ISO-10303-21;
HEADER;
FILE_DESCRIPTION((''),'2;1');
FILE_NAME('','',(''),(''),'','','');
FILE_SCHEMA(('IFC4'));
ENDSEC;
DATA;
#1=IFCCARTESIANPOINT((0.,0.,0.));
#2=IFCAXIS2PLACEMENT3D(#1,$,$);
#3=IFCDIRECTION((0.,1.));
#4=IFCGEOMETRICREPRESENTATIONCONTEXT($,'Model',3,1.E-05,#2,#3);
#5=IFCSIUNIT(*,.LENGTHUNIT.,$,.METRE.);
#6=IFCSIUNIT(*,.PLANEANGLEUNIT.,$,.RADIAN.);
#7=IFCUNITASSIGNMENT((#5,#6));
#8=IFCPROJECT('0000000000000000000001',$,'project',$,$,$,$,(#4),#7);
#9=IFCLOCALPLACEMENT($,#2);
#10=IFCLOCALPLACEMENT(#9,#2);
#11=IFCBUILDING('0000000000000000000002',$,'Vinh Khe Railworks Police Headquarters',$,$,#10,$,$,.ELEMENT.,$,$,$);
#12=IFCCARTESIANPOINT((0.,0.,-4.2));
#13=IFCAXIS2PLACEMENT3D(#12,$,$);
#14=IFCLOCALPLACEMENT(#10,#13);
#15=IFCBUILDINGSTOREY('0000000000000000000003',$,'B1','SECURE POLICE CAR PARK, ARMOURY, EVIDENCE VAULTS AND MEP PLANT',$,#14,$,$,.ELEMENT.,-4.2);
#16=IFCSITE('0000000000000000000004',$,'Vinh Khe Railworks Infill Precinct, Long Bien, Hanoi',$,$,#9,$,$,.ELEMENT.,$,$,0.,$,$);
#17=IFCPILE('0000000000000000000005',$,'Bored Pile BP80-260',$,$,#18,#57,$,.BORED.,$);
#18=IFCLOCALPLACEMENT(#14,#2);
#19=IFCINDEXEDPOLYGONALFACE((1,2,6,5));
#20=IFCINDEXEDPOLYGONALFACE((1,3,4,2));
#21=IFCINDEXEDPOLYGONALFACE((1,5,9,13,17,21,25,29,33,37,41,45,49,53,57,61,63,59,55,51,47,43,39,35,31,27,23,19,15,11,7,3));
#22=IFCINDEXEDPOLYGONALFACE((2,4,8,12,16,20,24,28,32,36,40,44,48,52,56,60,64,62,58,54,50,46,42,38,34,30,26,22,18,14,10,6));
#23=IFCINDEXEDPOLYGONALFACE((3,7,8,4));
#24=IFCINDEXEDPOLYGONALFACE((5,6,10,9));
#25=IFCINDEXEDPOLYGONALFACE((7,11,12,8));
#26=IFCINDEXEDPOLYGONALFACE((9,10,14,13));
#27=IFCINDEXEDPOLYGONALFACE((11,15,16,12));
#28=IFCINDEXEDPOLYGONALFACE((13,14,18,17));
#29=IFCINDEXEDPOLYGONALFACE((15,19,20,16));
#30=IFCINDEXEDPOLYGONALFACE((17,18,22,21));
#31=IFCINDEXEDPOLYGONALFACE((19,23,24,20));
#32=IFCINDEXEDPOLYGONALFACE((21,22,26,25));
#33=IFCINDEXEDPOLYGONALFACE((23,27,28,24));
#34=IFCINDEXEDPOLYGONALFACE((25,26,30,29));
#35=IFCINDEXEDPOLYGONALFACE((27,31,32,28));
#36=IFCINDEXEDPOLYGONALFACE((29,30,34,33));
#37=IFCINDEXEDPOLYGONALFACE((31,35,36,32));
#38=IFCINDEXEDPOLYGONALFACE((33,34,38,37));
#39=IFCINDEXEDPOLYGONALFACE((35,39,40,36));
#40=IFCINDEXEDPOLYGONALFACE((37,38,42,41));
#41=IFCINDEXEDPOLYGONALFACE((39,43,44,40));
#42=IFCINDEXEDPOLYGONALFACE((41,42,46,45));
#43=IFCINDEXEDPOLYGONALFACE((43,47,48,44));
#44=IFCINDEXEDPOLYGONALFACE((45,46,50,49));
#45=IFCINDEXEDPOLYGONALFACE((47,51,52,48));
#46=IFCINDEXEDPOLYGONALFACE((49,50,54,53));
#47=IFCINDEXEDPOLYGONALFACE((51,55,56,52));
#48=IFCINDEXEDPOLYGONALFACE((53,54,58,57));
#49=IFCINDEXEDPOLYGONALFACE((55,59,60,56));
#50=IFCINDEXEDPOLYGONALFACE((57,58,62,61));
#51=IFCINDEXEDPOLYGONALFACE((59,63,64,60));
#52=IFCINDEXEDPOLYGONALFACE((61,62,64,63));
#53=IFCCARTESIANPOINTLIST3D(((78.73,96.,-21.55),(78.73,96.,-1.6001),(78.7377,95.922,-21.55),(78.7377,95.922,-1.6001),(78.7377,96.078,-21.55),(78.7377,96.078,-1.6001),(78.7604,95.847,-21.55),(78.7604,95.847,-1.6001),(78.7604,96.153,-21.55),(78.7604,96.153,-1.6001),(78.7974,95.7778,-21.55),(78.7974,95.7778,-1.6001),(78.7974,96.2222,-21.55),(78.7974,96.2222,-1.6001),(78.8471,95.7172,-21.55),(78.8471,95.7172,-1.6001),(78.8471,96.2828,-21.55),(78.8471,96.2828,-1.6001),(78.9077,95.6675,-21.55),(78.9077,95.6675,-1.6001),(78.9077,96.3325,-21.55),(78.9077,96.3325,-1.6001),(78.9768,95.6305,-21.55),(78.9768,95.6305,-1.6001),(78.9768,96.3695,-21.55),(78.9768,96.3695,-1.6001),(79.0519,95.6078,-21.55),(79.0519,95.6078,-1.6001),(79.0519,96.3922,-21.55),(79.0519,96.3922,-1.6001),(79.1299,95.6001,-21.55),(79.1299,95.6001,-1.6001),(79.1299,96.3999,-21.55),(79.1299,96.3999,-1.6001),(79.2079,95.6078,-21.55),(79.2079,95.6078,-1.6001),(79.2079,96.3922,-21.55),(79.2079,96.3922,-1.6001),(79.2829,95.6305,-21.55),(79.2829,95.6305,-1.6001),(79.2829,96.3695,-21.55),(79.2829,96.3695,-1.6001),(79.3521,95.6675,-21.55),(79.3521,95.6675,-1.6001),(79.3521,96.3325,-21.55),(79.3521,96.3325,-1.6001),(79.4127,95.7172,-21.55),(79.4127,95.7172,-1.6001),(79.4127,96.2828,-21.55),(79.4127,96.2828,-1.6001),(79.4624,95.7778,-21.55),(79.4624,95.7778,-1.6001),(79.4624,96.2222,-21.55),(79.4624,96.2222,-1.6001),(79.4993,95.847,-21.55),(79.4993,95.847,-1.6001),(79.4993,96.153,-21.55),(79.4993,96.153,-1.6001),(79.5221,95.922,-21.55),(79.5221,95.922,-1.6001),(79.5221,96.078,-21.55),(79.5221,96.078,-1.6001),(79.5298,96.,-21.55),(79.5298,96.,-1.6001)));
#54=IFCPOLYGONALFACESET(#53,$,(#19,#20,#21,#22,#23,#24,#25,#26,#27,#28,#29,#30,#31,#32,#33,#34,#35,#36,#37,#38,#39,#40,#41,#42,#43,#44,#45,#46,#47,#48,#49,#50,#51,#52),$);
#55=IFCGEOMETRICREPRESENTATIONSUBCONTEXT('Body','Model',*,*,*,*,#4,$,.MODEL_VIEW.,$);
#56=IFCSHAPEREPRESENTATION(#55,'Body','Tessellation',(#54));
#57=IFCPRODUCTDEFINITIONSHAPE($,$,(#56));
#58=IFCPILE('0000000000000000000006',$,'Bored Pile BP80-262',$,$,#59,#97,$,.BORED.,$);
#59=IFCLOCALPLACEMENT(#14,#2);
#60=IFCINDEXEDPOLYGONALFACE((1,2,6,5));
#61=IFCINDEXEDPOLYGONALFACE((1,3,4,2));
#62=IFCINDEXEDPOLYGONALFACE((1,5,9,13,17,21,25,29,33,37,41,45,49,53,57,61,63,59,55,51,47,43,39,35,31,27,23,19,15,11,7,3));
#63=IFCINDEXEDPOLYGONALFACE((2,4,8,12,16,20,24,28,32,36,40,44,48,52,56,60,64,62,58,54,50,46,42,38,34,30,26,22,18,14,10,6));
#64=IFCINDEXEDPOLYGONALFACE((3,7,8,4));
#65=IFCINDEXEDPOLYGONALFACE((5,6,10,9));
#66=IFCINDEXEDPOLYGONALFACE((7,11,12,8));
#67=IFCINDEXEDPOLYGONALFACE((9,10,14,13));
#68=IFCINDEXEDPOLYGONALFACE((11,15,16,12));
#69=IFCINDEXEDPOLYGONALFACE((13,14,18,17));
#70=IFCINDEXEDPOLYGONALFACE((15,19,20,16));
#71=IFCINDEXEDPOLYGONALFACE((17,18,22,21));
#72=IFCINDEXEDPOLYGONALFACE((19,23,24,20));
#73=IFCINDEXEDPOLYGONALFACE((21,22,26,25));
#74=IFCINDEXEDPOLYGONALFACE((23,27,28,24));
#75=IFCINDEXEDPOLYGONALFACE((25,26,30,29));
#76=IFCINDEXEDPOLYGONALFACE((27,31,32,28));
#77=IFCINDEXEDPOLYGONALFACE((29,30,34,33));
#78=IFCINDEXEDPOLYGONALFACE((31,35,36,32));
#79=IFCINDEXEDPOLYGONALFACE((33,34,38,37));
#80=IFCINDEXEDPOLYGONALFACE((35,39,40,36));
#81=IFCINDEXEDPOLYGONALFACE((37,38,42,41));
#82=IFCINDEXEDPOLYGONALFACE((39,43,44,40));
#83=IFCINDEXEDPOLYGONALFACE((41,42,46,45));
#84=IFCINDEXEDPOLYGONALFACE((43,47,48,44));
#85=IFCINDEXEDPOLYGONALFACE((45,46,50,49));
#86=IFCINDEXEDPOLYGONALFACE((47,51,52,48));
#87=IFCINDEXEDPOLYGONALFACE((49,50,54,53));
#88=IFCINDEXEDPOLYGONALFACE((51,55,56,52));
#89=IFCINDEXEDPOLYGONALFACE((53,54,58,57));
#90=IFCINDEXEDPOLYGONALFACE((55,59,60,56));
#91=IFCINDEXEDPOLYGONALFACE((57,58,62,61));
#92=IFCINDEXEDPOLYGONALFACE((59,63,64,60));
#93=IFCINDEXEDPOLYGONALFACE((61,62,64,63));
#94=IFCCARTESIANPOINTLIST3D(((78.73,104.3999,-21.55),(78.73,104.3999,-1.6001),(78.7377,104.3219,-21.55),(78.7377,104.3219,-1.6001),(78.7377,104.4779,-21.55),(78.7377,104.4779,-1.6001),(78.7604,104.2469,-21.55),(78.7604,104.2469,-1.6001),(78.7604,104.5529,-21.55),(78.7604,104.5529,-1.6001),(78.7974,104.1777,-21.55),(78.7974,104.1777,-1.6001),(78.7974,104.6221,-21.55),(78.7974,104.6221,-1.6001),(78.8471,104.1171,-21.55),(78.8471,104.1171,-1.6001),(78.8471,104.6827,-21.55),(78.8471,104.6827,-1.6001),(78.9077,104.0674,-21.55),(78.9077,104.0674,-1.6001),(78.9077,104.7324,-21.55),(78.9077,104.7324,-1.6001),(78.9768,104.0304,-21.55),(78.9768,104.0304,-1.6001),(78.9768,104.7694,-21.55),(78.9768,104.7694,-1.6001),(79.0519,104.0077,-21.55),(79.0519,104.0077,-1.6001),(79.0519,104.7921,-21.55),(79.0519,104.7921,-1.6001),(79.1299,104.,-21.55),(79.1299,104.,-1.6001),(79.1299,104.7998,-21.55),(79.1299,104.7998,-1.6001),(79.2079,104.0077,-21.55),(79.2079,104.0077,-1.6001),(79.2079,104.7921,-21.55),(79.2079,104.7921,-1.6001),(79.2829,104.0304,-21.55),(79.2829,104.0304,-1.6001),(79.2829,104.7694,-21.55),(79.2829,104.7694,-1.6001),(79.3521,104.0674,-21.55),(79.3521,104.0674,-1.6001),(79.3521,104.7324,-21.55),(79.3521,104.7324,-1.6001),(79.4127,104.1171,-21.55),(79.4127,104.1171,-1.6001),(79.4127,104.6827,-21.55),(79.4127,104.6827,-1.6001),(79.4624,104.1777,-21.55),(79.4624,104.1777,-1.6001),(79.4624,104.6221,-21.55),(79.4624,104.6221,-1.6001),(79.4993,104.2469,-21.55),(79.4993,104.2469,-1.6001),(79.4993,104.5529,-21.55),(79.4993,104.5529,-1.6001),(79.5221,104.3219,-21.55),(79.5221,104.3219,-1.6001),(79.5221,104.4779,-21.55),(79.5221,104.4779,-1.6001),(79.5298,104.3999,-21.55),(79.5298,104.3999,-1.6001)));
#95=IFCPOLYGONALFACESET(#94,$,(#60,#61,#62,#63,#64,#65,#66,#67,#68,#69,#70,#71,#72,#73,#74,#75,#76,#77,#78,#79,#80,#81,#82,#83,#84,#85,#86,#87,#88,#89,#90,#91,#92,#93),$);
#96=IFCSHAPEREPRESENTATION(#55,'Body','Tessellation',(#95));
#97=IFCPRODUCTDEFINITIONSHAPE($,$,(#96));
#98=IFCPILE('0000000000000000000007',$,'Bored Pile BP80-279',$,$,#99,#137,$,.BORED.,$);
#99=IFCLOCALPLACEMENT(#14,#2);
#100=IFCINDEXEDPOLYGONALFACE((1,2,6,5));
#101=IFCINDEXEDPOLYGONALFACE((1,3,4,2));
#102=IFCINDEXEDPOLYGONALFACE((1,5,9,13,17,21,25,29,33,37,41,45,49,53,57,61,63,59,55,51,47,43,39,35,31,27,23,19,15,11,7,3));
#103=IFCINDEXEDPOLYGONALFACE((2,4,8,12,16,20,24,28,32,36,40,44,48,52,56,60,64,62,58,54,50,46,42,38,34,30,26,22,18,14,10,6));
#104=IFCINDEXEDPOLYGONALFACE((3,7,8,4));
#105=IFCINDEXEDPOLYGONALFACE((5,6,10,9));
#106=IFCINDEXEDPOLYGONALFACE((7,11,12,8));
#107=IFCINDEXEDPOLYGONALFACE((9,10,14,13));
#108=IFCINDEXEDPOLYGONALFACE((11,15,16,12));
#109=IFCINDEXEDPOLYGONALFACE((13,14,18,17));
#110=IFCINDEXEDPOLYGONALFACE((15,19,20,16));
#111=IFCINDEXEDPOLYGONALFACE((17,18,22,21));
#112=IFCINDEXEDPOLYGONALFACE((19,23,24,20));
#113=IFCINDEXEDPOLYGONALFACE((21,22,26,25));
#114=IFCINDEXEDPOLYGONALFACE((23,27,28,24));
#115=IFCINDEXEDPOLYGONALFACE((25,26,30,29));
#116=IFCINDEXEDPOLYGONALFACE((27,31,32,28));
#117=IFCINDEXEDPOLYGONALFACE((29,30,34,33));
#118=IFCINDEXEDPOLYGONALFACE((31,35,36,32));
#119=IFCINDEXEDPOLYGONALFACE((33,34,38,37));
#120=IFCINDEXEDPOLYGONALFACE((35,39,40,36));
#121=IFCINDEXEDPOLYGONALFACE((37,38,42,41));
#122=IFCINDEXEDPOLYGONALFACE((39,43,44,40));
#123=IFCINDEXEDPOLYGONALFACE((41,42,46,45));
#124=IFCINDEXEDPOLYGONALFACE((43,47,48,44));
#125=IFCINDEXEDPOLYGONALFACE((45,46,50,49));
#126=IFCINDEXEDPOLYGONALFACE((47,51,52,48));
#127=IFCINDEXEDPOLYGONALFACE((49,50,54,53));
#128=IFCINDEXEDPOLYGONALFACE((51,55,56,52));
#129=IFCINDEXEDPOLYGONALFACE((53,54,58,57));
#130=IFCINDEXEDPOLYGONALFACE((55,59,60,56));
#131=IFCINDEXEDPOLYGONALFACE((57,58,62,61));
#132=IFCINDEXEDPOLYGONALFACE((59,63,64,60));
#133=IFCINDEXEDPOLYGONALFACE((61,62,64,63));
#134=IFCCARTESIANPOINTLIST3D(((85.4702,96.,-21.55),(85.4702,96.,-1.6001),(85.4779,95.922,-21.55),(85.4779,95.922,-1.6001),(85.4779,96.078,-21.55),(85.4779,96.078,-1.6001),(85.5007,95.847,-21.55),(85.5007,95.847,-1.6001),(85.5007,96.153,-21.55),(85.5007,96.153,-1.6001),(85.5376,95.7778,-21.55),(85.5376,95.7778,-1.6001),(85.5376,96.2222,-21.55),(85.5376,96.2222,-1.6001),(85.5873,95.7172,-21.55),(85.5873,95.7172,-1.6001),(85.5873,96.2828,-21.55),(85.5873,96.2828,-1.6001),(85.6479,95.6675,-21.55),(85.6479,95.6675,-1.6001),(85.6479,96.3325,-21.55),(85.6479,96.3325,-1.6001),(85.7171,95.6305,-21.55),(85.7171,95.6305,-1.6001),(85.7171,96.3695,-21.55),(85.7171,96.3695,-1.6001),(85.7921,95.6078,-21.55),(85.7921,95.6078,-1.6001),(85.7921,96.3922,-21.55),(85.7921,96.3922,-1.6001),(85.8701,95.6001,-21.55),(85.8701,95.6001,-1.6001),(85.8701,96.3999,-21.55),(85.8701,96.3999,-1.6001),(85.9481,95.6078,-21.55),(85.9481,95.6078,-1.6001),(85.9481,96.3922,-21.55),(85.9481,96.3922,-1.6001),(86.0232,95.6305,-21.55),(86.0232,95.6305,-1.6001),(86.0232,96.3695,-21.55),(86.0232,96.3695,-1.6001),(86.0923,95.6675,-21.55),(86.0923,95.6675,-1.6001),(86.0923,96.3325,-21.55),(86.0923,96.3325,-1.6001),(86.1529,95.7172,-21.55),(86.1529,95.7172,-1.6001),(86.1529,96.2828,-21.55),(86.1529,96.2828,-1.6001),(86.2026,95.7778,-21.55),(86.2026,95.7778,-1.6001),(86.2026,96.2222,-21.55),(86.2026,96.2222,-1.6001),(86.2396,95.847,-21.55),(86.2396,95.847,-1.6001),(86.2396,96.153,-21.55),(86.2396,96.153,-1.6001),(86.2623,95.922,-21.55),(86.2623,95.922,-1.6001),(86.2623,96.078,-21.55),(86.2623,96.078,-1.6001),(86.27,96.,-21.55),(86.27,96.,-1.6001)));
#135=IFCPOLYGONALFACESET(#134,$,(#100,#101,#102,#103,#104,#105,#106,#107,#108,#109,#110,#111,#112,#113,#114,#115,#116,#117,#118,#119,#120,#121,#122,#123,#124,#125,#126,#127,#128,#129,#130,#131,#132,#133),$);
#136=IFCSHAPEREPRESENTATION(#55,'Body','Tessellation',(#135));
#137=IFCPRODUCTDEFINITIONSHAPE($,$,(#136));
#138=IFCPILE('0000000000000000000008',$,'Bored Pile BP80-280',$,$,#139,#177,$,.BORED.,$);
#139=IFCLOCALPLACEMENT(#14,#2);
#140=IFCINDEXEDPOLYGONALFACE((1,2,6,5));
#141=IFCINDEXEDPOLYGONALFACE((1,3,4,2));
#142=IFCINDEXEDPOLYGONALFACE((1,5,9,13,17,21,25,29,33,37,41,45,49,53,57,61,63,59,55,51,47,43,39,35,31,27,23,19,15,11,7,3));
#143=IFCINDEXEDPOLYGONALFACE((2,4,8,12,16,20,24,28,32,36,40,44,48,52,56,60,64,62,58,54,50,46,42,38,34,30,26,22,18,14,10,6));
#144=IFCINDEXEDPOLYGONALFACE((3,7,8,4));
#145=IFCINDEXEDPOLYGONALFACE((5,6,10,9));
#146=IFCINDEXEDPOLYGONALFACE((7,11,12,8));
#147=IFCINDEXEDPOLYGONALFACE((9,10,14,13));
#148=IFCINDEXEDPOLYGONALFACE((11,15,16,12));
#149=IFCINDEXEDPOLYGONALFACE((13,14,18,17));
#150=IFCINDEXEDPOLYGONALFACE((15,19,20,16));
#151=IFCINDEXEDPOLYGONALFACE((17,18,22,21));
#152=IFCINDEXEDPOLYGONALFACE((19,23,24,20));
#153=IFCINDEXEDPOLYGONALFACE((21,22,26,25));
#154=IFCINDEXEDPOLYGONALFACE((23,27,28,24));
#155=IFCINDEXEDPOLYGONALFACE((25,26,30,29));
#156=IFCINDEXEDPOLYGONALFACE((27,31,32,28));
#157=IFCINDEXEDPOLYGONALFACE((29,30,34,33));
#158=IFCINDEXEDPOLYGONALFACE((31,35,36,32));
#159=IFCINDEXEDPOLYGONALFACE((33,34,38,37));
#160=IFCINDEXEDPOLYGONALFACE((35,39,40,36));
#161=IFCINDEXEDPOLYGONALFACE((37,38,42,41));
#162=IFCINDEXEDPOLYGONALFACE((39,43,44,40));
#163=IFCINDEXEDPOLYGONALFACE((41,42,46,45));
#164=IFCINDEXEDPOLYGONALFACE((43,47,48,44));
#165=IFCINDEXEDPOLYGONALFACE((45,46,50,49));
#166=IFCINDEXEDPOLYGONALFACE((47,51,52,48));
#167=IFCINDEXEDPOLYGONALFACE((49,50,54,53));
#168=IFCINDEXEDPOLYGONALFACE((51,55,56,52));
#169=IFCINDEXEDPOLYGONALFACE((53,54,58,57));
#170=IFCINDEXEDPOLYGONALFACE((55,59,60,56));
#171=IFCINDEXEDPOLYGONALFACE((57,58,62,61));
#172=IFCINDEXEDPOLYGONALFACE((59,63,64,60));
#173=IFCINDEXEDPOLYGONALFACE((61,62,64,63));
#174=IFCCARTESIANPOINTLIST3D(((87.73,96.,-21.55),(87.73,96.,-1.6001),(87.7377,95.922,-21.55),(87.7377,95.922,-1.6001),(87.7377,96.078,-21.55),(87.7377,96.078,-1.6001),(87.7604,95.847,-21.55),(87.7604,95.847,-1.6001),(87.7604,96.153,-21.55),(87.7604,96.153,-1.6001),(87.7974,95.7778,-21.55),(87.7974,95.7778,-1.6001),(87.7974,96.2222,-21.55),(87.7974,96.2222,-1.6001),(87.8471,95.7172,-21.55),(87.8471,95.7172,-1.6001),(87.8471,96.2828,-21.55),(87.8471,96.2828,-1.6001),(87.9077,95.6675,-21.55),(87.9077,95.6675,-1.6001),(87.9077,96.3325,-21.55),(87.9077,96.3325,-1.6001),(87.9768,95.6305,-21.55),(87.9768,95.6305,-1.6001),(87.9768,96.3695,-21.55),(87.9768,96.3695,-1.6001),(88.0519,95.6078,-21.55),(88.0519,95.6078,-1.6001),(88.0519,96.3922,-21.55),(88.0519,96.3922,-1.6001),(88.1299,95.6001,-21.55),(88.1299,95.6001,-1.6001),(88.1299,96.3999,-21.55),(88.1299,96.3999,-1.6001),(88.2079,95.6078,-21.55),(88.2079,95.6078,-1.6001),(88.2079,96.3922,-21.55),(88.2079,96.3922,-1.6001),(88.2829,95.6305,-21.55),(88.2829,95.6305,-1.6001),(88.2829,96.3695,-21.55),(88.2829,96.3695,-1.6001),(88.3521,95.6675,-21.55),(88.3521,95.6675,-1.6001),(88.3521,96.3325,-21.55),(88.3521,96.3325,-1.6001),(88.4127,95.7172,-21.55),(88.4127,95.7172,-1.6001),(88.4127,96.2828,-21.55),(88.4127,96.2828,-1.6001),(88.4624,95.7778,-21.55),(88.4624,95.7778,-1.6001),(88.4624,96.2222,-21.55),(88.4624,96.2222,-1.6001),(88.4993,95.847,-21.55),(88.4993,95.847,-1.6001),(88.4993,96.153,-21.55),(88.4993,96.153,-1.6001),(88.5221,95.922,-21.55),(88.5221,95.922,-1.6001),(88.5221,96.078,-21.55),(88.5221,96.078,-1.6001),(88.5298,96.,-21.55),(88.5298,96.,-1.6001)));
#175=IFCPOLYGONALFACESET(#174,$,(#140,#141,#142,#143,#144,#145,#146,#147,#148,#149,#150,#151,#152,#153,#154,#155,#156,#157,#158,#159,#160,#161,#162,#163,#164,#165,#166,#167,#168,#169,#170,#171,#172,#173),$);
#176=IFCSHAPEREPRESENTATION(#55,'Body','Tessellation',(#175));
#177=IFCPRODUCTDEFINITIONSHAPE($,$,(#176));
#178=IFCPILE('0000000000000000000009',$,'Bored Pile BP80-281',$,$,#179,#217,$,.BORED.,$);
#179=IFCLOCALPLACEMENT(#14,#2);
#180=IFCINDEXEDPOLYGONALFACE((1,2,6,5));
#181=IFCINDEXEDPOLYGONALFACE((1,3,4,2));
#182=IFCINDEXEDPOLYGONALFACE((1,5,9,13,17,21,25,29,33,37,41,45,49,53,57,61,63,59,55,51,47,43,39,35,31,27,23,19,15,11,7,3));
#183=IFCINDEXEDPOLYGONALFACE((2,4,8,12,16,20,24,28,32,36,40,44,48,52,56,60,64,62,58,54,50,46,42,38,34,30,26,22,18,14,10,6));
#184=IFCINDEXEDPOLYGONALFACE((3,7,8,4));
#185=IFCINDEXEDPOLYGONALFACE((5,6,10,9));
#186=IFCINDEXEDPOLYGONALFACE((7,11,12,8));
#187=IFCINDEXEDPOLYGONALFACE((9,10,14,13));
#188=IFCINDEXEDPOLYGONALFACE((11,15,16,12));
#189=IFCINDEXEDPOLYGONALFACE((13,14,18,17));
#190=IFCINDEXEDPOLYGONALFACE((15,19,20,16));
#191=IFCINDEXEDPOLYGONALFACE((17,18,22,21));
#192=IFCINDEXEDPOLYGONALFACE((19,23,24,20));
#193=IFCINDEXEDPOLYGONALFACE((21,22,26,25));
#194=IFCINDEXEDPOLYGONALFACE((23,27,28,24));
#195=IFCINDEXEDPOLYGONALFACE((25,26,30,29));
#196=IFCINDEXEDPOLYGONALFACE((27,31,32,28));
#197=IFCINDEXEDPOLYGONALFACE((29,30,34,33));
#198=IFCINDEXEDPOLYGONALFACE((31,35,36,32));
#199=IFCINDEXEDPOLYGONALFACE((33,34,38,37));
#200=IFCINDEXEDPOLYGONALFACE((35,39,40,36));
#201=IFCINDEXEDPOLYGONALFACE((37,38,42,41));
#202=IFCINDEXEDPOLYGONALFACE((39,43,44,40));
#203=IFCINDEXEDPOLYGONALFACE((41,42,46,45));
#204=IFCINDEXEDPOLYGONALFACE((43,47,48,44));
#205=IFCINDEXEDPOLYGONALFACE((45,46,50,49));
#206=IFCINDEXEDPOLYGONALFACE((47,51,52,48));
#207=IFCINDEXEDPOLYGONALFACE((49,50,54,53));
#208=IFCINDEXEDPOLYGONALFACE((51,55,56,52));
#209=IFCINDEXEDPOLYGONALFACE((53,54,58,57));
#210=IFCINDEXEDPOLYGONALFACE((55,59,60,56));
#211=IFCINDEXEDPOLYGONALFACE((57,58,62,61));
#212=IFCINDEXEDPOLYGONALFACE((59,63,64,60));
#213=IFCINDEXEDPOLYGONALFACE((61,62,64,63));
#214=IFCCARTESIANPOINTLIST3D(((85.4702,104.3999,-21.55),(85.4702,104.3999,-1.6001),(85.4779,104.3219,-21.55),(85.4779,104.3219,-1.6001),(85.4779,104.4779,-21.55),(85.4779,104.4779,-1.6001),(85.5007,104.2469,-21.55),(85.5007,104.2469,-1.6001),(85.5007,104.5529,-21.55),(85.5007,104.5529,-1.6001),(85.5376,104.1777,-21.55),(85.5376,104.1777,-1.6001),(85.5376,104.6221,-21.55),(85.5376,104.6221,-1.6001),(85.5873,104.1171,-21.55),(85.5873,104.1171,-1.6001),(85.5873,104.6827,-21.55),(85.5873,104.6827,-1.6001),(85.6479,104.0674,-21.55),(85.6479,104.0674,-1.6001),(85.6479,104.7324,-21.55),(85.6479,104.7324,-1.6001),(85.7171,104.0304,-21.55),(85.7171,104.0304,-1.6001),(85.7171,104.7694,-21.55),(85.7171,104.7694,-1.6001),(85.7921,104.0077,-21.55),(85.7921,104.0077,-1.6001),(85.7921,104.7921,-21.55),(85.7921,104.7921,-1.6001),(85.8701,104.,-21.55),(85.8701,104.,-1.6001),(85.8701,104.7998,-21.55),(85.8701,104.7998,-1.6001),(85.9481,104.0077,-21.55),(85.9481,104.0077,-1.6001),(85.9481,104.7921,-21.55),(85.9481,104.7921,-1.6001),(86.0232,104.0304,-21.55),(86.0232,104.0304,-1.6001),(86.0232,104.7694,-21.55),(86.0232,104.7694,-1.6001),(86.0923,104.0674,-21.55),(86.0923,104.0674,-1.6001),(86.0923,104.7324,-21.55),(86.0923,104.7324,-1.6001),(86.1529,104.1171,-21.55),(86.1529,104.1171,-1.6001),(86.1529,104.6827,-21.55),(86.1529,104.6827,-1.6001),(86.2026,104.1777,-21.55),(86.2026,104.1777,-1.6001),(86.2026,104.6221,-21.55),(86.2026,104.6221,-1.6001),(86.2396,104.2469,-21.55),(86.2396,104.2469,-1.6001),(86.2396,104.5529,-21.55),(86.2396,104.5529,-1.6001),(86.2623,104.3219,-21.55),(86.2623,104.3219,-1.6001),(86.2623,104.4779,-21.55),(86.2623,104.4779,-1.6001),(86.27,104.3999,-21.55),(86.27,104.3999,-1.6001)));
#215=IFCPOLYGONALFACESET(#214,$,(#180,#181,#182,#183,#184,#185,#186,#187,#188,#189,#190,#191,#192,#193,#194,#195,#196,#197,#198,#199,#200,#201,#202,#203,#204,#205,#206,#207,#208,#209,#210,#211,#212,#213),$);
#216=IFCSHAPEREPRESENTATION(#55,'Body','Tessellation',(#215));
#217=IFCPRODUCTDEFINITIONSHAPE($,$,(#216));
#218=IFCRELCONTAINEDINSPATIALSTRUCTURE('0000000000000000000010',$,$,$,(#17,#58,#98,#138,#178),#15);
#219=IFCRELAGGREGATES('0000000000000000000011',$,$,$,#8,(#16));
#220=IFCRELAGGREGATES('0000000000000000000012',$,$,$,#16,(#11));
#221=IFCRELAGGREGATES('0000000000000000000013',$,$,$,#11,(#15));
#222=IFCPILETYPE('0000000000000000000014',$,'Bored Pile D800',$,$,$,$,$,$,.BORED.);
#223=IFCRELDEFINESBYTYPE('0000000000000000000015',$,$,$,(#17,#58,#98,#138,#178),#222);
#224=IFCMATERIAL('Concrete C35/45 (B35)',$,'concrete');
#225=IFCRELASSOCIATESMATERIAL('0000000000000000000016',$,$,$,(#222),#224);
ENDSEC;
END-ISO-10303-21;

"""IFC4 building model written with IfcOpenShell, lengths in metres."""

from ifc_helpers import new_model, si_unit, direction, frame, origin, origin_2d, place, context, subcontext, project, spatial, circle, extrude, material, material_profile, profile_set, type_object, element, save


model = new_model("IFC4")

# Units and contexts
model_context = context("Model", 3, precision=1e-05, world=origin(), true_north=direction((0.0, 1.0)))
body_context = subcontext(model_context, "Body", "Model", "MODEL_VIEW")
ifc_project = project(units=[si_unit("LENGTHUNIT", "METRE"), si_unit("PLANEANGLEUNIT", "RADIAN")], contexts=[model_context])

# Site, building, storey
site_placement = place(None, origin())
site = spatial("IfcSite", under=ifc_project, at=site_placement, Name="Vinh Khe Railworks Infill Precinct, Long Bien, Hanoi", CompositionType="ELEMENT", RefElevation=0.0)
building_placement = place(site_placement, origin())
building = spatial("IfcBuilding", under=site, at=building_placement, Name="Vinh Khe Railworks Police Headquarters", CompositionType="ELEMENT")
storey_placement = place(building_placement, frame((0.0, 0.0, -4.2)))
storey = spatial("IfcBuildingStorey", under=building, at=storey_placement, Name="B1", Description="SECURE POLICE CAR PARK, ARMOURY, EVIDENCE VAULTS AND MEP PLANT", CompositionType="ELEMENT", Elevation=-4.2)

# Piles
ifc_material_1 = material(Name="Concrete C35/45 (B35)", Category="concrete")
ifc_material_profile_1 = material_profile(ifc_material_1, circle(Radius=0.3999, at=origin_2d()), Name="BORED PILE D800")
ifc_profile_set_1 = profile_set([ifc_material_profile_1], Name="Concrete C35/45 (B35)")
pile_type = type_object("IfcPileType", Name="Bored Pile D800", PredefinedType="BORED", material=ifc_profile_set_1)
for number, where, z_axis, x_axis, name in (
    (1, (79.1299, 96.0, -1.6001), (0.0, 0.0, -1.0), (1.0, 0.0, 0.0), "Bored Pile BP80-260"),
    (2, (79.1299, 104.3999, -1.6001), (0.0, 0.0, -1.0), (1.0, 0.0, 0.0), "Bored Pile BP80-262"),
    (3, (85.8701, 96.0, -1.6001), (0.0, 0.0, -1.0), (1.0, 0.0, 0.0), "Bored Pile BP80-279"),
    (4, (88.1299, 96.0, -1.6001), (0.0, 0.0, -1.0), (1.0, 0.0, 0.0), "Bored Pile BP80-280"),
    (5, (85.8701, 104.3999, -1.6001), (0.0, 0.0, -1.0), (1.0, 0.0, 0.0), "Bored Pile BP80-281"),
):
    element("IfcPile", number, at=place(storey_placement, frame(where, z_axis=z_axis, x_axis=x_axis)), inside=storey, type_object=pile_type, Name=name, PredefinedType="BORED", context=body_context, shape_type="SweptSolid", body=[
        extrude(circle(Radius=0.3999, at=origin_2d()), origin(), (0.0, 0.0, 1.0), 19.95),
    ])

save(model, "model.ifc")
